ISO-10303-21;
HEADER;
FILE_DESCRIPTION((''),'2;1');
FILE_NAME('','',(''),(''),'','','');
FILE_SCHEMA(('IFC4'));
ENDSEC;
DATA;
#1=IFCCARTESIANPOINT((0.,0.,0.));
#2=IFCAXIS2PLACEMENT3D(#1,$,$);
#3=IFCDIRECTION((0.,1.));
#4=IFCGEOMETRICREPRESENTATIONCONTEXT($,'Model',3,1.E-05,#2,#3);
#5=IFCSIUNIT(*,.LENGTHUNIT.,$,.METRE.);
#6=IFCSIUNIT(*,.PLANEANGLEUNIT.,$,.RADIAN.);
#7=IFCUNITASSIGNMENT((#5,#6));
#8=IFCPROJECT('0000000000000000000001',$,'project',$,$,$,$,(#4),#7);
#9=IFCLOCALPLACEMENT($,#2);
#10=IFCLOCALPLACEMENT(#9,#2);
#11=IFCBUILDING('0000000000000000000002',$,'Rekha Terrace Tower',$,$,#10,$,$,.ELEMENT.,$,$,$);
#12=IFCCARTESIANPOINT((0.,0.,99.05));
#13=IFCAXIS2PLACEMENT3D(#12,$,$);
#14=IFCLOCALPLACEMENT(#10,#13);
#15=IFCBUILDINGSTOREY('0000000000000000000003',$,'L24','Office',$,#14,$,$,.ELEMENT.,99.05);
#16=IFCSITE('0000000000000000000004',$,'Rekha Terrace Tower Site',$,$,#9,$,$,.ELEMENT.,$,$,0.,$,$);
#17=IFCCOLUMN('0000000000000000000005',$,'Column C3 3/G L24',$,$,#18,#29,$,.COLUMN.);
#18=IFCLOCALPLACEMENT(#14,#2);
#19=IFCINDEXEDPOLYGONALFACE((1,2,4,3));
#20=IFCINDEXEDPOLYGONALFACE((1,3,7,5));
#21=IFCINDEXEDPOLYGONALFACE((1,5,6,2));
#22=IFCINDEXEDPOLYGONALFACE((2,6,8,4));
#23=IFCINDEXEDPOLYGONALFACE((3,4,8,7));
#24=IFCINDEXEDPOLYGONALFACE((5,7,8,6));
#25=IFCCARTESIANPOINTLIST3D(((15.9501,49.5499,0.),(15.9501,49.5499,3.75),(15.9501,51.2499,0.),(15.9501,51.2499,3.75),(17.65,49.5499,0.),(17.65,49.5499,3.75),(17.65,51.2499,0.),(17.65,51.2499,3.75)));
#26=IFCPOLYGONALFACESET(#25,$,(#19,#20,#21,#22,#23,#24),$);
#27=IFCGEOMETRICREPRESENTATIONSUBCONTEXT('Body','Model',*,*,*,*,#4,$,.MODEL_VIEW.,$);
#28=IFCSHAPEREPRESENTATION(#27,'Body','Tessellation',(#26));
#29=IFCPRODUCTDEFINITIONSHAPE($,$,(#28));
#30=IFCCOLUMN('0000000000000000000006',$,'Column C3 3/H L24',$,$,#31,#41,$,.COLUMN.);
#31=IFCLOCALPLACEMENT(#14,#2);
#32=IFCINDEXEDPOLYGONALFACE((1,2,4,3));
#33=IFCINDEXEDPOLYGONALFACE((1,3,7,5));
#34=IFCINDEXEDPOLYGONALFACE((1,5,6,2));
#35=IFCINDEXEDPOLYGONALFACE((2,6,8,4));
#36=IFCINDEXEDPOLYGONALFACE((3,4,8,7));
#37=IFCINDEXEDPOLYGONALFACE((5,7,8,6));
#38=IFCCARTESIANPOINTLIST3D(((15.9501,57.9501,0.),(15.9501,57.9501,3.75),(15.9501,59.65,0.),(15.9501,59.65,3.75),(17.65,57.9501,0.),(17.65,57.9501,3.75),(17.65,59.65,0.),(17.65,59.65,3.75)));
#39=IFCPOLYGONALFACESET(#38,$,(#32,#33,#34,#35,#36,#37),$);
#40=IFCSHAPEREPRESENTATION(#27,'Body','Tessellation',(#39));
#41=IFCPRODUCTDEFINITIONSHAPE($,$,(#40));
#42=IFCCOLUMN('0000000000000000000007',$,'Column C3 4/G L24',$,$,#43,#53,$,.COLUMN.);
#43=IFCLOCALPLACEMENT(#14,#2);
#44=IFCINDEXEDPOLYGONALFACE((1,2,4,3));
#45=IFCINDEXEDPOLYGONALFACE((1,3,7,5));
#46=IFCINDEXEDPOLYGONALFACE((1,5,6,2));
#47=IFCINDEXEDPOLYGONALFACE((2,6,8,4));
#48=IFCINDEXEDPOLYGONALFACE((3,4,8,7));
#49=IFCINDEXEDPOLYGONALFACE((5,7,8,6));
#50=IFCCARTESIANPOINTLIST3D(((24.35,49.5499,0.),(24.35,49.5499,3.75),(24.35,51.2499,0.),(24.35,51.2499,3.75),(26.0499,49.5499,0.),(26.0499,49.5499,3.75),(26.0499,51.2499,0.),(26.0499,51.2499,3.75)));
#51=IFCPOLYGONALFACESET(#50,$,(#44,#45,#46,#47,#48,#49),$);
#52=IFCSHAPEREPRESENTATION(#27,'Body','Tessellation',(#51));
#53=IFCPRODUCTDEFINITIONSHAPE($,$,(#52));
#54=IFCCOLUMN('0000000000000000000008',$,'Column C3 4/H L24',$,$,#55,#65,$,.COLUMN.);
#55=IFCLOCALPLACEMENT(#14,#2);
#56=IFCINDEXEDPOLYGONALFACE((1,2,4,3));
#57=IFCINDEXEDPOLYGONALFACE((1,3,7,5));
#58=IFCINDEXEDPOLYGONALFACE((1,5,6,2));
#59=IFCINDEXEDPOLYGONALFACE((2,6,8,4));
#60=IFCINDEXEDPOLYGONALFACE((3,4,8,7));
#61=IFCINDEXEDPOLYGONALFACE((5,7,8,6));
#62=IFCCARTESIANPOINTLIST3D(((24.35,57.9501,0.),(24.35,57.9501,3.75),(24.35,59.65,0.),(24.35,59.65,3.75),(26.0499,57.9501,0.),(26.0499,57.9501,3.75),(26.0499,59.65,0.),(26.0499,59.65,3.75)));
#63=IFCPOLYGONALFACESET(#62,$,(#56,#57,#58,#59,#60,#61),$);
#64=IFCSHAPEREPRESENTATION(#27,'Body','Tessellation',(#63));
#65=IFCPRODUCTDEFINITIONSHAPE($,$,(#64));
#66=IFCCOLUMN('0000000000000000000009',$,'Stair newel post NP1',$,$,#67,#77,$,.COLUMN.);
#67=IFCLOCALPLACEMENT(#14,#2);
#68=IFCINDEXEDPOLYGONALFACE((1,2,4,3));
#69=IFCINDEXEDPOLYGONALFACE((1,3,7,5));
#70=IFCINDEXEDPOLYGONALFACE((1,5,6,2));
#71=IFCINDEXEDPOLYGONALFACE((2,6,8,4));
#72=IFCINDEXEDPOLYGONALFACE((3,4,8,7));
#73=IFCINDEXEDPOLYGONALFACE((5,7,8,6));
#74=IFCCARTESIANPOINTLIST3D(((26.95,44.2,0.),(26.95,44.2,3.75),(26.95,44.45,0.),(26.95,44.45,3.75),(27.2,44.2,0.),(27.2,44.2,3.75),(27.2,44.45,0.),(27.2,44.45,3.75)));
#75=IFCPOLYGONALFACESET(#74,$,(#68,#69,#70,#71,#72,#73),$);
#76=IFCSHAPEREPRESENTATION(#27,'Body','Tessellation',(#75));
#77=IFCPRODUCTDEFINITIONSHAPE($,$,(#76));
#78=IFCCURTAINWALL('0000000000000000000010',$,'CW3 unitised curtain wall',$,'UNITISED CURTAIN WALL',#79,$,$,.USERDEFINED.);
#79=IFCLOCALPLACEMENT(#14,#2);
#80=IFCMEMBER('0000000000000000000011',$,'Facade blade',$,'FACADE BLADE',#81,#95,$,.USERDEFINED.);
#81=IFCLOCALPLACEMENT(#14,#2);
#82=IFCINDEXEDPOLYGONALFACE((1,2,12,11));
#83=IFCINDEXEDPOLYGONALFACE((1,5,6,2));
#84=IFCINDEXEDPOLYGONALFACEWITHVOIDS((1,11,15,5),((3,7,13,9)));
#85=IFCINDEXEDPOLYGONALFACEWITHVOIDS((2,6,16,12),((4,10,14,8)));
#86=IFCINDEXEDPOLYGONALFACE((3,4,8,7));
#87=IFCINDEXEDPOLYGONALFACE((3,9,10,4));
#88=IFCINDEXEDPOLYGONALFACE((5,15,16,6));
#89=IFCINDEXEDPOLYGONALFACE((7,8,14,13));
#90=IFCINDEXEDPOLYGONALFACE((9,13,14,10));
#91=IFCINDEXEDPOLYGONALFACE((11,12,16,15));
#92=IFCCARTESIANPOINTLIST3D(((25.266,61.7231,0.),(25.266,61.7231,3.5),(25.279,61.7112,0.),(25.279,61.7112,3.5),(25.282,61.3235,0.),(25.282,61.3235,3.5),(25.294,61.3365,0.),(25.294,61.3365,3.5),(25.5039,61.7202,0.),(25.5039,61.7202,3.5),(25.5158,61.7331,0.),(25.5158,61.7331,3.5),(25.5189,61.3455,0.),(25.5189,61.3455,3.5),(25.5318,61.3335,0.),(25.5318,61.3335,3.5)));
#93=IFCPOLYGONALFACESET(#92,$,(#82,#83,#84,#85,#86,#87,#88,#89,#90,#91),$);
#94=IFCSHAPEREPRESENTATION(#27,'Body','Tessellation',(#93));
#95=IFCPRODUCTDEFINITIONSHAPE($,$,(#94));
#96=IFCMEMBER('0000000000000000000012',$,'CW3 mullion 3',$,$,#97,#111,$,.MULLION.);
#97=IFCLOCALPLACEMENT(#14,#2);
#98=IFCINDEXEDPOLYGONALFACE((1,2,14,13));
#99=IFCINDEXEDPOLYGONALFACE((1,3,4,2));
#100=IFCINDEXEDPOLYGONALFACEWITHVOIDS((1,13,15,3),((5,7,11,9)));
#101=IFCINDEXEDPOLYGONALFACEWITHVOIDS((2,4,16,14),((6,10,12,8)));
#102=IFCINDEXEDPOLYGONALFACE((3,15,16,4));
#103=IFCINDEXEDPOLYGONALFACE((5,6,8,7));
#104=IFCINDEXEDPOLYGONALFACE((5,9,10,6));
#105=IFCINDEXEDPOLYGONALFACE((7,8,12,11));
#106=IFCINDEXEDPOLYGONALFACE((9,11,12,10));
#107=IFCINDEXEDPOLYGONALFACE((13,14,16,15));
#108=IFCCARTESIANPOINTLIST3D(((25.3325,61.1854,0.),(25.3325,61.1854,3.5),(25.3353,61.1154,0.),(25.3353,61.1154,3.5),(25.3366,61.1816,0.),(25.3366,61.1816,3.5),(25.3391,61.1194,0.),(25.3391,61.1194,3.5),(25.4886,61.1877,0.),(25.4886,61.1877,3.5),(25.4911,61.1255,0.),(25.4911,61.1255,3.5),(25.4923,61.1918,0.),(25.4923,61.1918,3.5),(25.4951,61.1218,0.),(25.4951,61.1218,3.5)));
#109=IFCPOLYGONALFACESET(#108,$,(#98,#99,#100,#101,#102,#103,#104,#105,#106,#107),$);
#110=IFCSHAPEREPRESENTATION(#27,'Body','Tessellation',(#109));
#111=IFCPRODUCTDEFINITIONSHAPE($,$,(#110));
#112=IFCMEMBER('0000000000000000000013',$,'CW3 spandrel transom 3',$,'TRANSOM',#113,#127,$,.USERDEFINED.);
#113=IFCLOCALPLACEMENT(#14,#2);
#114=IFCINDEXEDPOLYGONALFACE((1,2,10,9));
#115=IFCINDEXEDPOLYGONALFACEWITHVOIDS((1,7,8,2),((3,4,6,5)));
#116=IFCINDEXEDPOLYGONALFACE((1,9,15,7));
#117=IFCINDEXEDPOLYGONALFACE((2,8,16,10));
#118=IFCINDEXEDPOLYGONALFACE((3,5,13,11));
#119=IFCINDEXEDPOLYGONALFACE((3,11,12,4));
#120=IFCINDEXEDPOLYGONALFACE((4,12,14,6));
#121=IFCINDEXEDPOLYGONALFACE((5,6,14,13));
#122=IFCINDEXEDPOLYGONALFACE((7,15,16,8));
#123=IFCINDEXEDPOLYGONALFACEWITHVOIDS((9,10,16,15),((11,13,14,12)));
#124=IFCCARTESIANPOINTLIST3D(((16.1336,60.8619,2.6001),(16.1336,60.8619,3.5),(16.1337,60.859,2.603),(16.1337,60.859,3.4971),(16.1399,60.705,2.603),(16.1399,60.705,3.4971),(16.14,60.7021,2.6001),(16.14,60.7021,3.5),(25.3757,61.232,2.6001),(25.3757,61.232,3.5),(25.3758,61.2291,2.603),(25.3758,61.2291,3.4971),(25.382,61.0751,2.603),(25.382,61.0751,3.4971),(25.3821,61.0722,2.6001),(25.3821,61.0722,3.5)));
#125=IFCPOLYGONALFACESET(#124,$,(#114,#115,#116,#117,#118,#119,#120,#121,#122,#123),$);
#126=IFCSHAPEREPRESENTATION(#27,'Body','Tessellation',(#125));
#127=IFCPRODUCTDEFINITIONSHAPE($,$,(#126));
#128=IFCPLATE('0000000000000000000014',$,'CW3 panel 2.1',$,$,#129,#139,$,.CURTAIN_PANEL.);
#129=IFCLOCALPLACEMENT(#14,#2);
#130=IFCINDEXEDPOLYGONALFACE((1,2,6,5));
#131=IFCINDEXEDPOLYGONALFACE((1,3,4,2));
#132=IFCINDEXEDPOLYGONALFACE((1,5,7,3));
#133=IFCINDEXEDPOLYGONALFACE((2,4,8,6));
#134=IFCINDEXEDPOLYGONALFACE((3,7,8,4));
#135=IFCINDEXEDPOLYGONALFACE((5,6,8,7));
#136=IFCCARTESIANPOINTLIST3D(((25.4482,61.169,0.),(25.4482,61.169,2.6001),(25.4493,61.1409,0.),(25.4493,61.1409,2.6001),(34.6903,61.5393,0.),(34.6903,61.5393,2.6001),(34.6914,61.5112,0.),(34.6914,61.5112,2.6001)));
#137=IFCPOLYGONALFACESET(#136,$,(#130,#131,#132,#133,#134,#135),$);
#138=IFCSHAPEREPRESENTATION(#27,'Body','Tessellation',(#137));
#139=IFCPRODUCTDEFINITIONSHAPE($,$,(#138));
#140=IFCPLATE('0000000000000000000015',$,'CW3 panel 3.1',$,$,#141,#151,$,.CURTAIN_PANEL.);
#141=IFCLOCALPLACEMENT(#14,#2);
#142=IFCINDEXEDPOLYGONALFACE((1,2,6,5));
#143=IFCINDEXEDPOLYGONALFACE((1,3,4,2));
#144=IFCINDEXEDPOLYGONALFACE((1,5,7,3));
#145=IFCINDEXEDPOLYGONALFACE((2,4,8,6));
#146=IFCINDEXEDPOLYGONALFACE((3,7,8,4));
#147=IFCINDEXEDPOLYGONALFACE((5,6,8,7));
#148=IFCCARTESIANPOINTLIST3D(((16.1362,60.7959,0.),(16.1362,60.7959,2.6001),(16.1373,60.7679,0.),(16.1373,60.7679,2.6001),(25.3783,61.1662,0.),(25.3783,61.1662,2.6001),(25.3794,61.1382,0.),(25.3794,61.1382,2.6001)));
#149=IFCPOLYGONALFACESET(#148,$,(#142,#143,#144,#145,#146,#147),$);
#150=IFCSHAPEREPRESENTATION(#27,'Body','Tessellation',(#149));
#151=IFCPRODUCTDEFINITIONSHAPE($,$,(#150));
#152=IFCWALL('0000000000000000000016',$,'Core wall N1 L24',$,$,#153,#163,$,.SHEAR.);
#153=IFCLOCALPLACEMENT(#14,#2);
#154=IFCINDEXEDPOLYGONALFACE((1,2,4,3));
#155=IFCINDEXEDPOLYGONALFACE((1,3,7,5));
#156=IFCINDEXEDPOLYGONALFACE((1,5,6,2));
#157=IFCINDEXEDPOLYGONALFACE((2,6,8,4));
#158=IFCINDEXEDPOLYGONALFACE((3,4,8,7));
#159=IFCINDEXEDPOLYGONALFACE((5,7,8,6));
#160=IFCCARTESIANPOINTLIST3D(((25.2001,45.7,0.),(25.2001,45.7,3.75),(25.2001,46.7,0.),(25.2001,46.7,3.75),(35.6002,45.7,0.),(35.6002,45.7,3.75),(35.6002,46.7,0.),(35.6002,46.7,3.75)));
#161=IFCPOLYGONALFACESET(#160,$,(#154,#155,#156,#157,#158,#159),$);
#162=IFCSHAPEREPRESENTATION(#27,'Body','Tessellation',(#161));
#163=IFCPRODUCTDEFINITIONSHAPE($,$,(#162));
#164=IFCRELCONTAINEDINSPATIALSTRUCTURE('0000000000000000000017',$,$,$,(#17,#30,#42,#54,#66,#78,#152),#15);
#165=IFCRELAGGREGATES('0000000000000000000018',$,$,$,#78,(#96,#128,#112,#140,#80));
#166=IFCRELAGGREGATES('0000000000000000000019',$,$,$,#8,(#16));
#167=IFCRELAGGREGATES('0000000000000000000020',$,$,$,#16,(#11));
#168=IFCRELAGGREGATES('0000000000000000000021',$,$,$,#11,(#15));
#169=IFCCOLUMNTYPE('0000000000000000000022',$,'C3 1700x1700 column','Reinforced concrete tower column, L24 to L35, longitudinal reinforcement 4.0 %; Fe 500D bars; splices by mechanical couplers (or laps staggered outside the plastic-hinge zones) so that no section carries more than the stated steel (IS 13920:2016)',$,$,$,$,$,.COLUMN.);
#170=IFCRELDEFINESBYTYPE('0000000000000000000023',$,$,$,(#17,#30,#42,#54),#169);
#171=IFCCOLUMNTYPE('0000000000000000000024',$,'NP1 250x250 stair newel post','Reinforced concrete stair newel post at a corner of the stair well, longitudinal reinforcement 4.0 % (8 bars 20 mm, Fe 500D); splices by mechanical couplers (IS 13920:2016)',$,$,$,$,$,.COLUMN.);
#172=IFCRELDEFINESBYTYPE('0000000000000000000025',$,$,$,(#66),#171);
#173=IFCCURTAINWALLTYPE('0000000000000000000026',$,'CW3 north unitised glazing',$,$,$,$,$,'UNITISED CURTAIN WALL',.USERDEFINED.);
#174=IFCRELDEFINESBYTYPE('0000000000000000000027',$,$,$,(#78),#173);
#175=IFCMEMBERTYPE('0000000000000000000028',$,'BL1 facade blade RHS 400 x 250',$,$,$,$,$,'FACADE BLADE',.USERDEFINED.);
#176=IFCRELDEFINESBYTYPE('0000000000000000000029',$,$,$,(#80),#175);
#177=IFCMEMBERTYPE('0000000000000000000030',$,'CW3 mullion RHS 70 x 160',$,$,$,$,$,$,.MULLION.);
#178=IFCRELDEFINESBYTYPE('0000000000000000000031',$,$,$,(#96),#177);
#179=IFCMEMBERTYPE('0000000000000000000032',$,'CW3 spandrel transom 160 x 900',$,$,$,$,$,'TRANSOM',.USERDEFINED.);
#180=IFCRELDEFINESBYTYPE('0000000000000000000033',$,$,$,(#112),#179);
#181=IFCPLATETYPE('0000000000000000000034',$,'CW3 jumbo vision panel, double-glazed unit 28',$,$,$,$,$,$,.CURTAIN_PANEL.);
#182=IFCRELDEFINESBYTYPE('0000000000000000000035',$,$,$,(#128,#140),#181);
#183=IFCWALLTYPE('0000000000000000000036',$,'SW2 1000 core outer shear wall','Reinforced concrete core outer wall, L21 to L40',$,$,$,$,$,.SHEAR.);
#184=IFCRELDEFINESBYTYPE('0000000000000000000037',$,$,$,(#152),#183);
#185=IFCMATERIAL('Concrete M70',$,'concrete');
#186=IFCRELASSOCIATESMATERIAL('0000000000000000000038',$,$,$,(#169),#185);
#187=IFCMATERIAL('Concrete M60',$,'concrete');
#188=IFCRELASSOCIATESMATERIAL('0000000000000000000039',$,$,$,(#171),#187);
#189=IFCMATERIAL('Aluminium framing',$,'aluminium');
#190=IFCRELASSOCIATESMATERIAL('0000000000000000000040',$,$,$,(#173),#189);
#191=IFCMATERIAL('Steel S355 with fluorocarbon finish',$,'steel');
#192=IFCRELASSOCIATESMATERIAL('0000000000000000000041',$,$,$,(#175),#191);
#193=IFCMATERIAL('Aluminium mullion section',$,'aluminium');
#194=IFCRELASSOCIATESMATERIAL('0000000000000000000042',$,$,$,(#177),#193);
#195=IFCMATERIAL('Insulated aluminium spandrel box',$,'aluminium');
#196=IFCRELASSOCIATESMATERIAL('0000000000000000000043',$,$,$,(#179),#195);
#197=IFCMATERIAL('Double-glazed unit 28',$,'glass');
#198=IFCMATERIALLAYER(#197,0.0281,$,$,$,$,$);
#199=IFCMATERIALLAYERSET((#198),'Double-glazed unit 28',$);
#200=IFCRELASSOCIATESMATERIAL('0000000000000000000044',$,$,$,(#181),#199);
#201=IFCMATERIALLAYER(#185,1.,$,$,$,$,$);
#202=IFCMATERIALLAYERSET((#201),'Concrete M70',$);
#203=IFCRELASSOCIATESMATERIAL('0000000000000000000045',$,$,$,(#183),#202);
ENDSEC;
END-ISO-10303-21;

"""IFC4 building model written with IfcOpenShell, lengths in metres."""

from ifc_helpers import new_model, si_unit, direction, frame, frame_2d, origin, origin_2d, place, context, subcontext, project, spatial, rectangle, hollow_rectangle, extrude, material, layer, layer_set, material_profile, profile_set, type_object, element, aggregate, save


model = new_model("IFC4")

# Units and contexts
model_context = context("Model", 3, precision=1e-05, world=origin(), true_north=direction((0.0, 1.0)))
body_context = subcontext(model_context, "Body", "Model", "MODEL_VIEW")
ifc_project = project(units=[si_unit("LENGTHUNIT", "METRE"), si_unit("PLANEANGLEUNIT", "RADIAN")], contexts=[model_context])

# Site, building, storey
site_placement = place(None, origin())
site = spatial("IfcSite", under=ifc_project, at=site_placement, Name="Rekha Terrace Tower Site", CompositionType="ELEMENT", RefElevation=0.0)
building_placement = place(site_placement, origin())
building = spatial("IfcBuilding", under=site, at=building_placement, Name="Rekha Terrace Tower", CompositionType="ELEMENT")
storey_placement = place(building_placement, frame((0.0, 0.0, 99.05)))
storey = spatial("IfcBuildingStorey", under=building, at=storey_placement, Name="L24", Description="Office", CompositionType="ELEMENT", Elevation=99.05)

# Columns
ifc_material_1 = material(Name="Concrete M70", Category="concrete")
ifc_material_profile_1 = material_profile(ifc_material_1, rectangle(XDim=1.7, YDim=1.7, at=origin_2d()), Name="RC 1700x1700")
ifc_profile_set_1 = profile_set([ifc_material_profile_1], Name="Concrete M70")
column_type_1 = type_object("IfcColumnType", Name="C3 1700x1700 column", Description="Reinforced concrete tower column, L24 to L35, longitudinal reinforcement 4.0 %; Fe 500D bars; splices by mechanical couplers (or laps staggered outside the plastic-hinge zones) so that no section carries more than the stated steel (IS 13920:2016)", PredefinedType="COLUMN", material=ifc_profile_set_1)
for number, where, z_axis, x_axis, name in (
    (1, (16.8, 50.3999, 0.0), (0.0, 0.0, 1.0), (1.0, 0.0, 0.0), "Column C3 3/G L24"),
    (2, (16.8, 58.8, 0.0), (0.0, 0.0, 1.0), (1.0, 0.0, 0.0), "Column C3 3/H L24"),
    (3, (25.2, 50.3999, 0.0), (0.0, 0.0, 1.0), (1.0, 0.0, 0.0), "Column C3 4/G L24"),
    (4, (25.2, 58.8, 0.0), (0.0, 0.0, 1.0), (1.0, 0.0, 0.0), "Column C3 4/H L24"),
):
    element("IfcColumn", number, at=place(storey_placement, frame(where, z_axis=z_axis, x_axis=x_axis)), inside=storey, type_object=column_type_1, Name=name, PredefinedType="COLUMN", context=body_context, shape_type="SweptSolid", body=[
        extrude(rectangle(XDim=1.7, YDim=1.7, at=origin_2d()), origin(), (0.0, 0.0, 1.0), 3.75),
    ])
ifc_material_2 = material(Name="Concrete M60", Category="concrete")
ifc_material_profile_2 = material_profile(ifc_material_2, rectangle(XDim=0.25, YDim=0.25, at=origin_2d()), Name="RC 250x250")
ifc_profile_set_2 = profile_set([ifc_material_profile_2], Name="Concrete M60")
column_type_2 = type_object("IfcColumnType", Name="NP1 250x250 stair newel post", Description="Reinforced concrete stair newel post at a corner of the stair well, longitudinal reinforcement 4.0 % (8 bars 20 mm, Fe 500D); splices by mechanical couplers (IS 13920:2016)", PredefinedType="COLUMN", material=ifc_profile_set_2)
column_placement = place(storey_placement, frame((27.075, 44.325, 0.0), z_axis=(0.0, 0.0, 1.0), x_axis=(1.0, 0.0, 0.0)))
element("IfcColumn", 5, at=column_placement, inside=storey, type_object=column_type_2, Name="Stair newel post NP1", PredefinedType="COLUMN", context=body_context, shape_type="SweptSolid", body=[
    extrude(rectangle(XDim=0.25, YDim=0.25, at=origin_2d()), origin(), (0.0, 0.0, 1.0), 3.75),
])

# Curtain wall, members, plates
ifc_material_3 = material(Name="Aluminium framing", Category="aluminium")
curtain_wall_type = type_object("IfcCurtainWallType", Name="CW3 north unitised glazing", ElementType="UNITISED CURTAIN WALL", PredefinedType="USERDEFINED", material=ifc_material_3)
curtain_wall_placement = place(storey_placement, origin())
curtain_wall = element("IfcCurtainWall", 6, at=curtain_wall_placement, inside=storey, type_object=curtain_wall_type, Name="CW3 unitised curtain wall", ObjectType="UNITISED CURTAIN WALL", PredefinedType="USERDEFINED")
ifc_material_4 = material(Name="Steel S355 with fluorocarbon finish", Category="steel")
ifc_material_profile_3 = material_profile(ifc_material_4, hollow_rectangle(XDim=0.25, YDim=0.3999, WallThickness=0.0125, at=origin_2d()), Name="RHS400x250x12.5")
ifc_profile_set_3 = profile_set([ifc_material_profile_3], Name="Steel S355 with fluorocarbon finish")
member_type_1 = type_object("IfcMemberType", Name="BL1 facade blade RHS 400 x 250", ElementType="FACADE BLADE", PredefinedType="USERDEFINED", material=ifc_profile_set_3)
member_1_placement = place(storey_placement, frame((25.3989, 61.5283, 0.0), z_axis=(0.0, 0.0, 1.0), x_axis=(-0.999198, -0.040032, 0.0)))
member_1 = element("IfcMember", 7, at=member_1_placement, type_object=member_type_1, Name="Facade blade", ObjectType="FACADE BLADE", PredefinedType="USERDEFINED", context=body_context, shape_type="SweptSolid", body=[
    extrude(hollow_rectangle(XDim=0.25, YDim=0.3999, WallThickness=0.0125, at=origin_2d()), origin(), (0.0, 0.0, 1.0), 3.5),
])
ifc_material_5 = material(Name="Aluminium mullion section", Category="aluminium")
ifc_material_profile_4 = material_profile(ifc_material_5, hollow_rectangle(XDim=0.0701, YDim=0.1599, WallThickness=0.0039, at=origin_2d()), Name="AL RHS 70x160")
ifc_profile_set_4 = profile_set([ifc_material_profile_4], Name="Aluminium mullion section")
member_type_2 = type_object("IfcMemberType", Name="CW3 mullion RHS 70 x 160", PredefinedType="MULLION", material=ifc_profile_set_4)
member_2_placement = place(storey_placement, frame((25.4138, 61.1536, 0.0), z_axis=(0.0, 0.0, 1.0), x_axis=(0.040032, -0.999198, 0.0)))
member_2 = element("IfcMember", 8, at=member_2_placement, type_object=member_type_2, Name="CW3 mullion 3", PredefinedType="MULLION", context=body_context, shape_type="SweptSolid", body=[
    extrude(hollow_rectangle(XDim=0.0701, YDim=0.1599, WallThickness=0.0039, at=origin_2d()), origin(), (0.0, 0.0, 1.0), 3.5),
])
ifc_material_6 = material(Name="Insulated aluminium spandrel box", Category="aluminium")
ifc_material_profile_5 = material_profile(ifc_material_6, hollow_rectangle(XDim=0.1599, YDim=0.8999, WallThickness=0.0029, at=origin_2d()), Name="AL SPANDREL BOX 160x900")
ifc_profile_set_5 = profile_set([ifc_material_profile_5], Name="Insulated aluminium spandrel box")
member_type_3 = type_object("IfcMemberType", Name="CW3 spandrel transom 160 x 900", ElementType="TRANSOM", PredefinedType="USERDEFINED", material=ifc_profile_set_5)
member_3_placement = place(storey_placement, frame((25.3789, 61.1521, 3.05), z_axis=(-0.999199, -0.040014, 0.0), x_axis=(0.040014, -0.999199, 0.0)))
member_3 = element("IfcMember", 9, at=member_3_placement, type_object=member_type_3, Name="CW3 spandrel transom 3", ObjectType="TRANSOM", PredefinedType="USERDEFINED", context=body_context, shape_type="SweptSolid", body=[
    extrude(hollow_rectangle(XDim=0.1599, YDim=0.8999, WallThickness=0.0029, at=origin_2d()), origin(), (0.0, 0.0, 1.0), 9.2495),
])
ifc_material_7 = material(Name="Double-glazed unit 28", Category="glass")
ifc_layer_1 = layer(ifc_material_7, 0.0281)
ifc_layer_set_1 = layer_set([ifc_layer_1], Name="Double-glazed unit 28")
plate_type = type_object("IfcPlateType", Name="CW3 jumbo vision panel, double-glazed unit 28", PredefinedType="CURTAIN_PANEL", material=ifc_layer_set_1)
plate_1_placement = place(storey_placement, frame((30.0698, 61.3401, 0.0), z_axis=(0.0, 0.0, 1.0), x_axis=(-0.999198, -0.040032, 0.0)))
plate_1 = element("IfcPlate", 10, at=plate_1_placement, type_object=plate_type, Name="CW3 panel 2.1", PredefinedType="CURTAIN_PANEL", context=body_context, shape_type="SweptSolid", body=[
    extrude(rectangle(XDim=9.2495, YDim=0.0281, at=origin_2d()), origin(), (0.0, 0.0, 1.0), 2.6001),
])
plate_2_placement = place(storey_placement, frame((20.7578, 60.967, 0.0), z_axis=(0.0, 0.0, 1.0), x_axis=(-0.999198, -0.040032, 0.0)))
plate_2 = element("IfcPlate", 11, at=plate_2_placement, type_object=plate_type, Name="CW3 panel 3.1", PredefinedType="CURTAIN_PANEL", context=body_context, shape_type="SweptSolid", body=[
    extrude(rectangle(XDim=9.2495, YDim=0.0281, at=origin_2d()), origin(), (0.0, 0.0, 1.0), 2.6001),
])
aggregate(curtain_wall, [member_2, plate_1, member_3, plate_2, member_1])

# Wall
ifc_layer_2 = layer(ifc_material_1, 1.0)
ifc_layer_set_2 = layer_set([ifc_layer_2], Name="Concrete M70")
wall_type_1 = type_object("IfcWallType", Name="SW2 1000 core outer shear wall", Description="Reinforced concrete core outer wall, L21 to L40", PredefinedType="SHEAR", material=ifc_layer_set_2)
wall_1_placement = place(storey_placement, frame((25.2, 46.2, 0.0), z_axis=(0.0, 0.0, 1.0), x_axis=(1.0, 0.0, 0.0)))
element("IfcWall", 12, at=wall_1_placement, inside=storey, type_object=wall_type_1, Name="Core wall N1 L24", PredefinedType="SHEAR", context=body_context, shape_type="SweptSolid", body=[
    extrude(rectangle(XDim=10.4001, YDim=1.0, at=frame_2d((5.2002, 0.0))), origin(), (0.0, 0.0, 1.0), 3.75),
])

save(model, "model.ifc")
